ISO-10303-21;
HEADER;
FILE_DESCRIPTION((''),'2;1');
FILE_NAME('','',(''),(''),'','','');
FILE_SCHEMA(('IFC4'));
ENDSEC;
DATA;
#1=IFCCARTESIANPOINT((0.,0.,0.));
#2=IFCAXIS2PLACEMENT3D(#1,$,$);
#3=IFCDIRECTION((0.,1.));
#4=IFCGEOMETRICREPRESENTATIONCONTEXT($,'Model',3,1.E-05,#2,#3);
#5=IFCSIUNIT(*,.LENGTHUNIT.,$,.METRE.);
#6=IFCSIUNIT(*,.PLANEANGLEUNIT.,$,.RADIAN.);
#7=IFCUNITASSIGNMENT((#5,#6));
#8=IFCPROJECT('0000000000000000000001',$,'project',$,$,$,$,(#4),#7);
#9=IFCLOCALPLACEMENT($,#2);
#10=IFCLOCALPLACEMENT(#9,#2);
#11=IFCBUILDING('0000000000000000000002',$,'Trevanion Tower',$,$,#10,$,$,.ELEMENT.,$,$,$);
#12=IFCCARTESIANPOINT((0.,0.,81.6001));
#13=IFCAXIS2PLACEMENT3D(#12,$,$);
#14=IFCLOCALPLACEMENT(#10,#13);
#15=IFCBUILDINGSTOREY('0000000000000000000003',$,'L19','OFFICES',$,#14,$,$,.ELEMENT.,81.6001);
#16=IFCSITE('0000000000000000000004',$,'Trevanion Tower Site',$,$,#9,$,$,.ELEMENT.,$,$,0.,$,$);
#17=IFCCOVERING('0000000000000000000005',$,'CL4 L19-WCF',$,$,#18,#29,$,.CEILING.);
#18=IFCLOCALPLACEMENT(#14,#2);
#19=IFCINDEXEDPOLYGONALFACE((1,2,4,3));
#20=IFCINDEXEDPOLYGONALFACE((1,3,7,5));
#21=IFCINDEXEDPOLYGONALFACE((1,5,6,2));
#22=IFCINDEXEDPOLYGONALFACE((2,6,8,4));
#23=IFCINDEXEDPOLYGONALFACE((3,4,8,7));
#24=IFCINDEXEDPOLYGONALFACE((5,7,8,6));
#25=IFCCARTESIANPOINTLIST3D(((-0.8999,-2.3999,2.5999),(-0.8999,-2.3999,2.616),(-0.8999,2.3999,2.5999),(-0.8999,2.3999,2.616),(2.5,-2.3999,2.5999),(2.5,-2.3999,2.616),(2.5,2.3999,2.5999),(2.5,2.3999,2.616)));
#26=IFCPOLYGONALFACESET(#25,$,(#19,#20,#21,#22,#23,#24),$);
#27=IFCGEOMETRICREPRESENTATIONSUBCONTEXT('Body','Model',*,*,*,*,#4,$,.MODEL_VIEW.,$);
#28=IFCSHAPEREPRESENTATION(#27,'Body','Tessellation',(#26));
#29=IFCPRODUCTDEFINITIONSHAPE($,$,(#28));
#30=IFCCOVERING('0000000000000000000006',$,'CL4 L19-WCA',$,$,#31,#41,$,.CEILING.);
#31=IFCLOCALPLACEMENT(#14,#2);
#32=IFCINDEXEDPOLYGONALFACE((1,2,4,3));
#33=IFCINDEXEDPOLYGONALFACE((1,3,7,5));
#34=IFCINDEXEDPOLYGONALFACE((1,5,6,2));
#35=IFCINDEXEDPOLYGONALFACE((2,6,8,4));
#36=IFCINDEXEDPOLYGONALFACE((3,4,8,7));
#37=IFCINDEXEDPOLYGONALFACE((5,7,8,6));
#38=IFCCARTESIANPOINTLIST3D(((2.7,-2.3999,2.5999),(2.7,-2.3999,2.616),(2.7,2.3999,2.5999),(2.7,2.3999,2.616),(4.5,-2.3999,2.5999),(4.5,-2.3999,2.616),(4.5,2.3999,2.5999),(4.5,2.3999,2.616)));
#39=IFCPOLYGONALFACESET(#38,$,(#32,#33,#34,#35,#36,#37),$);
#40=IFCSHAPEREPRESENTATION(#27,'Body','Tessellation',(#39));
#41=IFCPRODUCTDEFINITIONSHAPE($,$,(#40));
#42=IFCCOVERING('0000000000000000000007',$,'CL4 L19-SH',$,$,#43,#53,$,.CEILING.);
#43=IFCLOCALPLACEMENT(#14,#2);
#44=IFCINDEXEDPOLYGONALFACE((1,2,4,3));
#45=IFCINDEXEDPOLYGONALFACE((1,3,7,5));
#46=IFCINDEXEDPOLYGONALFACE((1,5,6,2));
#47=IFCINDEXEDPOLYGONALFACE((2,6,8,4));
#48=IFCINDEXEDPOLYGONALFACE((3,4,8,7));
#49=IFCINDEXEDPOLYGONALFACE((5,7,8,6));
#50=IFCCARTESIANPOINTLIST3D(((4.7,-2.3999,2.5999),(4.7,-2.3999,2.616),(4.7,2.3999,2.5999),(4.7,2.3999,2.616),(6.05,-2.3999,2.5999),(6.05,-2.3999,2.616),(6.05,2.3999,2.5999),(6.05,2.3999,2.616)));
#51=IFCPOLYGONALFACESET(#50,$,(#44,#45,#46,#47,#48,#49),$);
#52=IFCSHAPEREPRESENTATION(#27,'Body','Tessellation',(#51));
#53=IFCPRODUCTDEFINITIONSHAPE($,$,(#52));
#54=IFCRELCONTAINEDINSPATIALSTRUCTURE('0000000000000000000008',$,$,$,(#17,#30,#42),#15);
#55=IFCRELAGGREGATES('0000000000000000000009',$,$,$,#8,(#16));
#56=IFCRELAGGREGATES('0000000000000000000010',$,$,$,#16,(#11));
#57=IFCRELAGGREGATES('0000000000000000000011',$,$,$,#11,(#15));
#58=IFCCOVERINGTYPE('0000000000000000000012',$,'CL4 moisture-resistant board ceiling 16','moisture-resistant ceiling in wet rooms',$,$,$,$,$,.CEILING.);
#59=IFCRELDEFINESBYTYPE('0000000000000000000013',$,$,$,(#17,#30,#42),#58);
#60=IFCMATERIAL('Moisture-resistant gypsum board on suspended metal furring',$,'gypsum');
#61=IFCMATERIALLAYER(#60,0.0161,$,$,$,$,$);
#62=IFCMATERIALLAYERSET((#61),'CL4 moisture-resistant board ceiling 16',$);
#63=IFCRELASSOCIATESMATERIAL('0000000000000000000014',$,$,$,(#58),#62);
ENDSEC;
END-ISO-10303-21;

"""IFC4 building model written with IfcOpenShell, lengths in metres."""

from ifc_helpers import new_model, si_unit, direction, frame, origin, place, context, subcontext, project, spatial, polyline, outline, extrude, material, layer, layer_set, type_object, element, save


model = new_model("IFC4")

# Units and contexts
model_context = context("Model", 3, precision=1e-05, world=origin(), true_north=direction((0.0, 1.0)))
body_context = subcontext(model_context, "Body", "Model", "MODEL_VIEW")
ifc_project = project(units=[si_unit("LENGTHUNIT", "METRE"), si_unit("PLANEANGLEUNIT", "RADIAN")], contexts=[model_context])

# Site, building, storey
site_placement = place(None, origin())
site = spatial("IfcSite", under=ifc_project, at=site_placement, Name="Trevanion Tower Site", CompositionType="ELEMENT", RefElevation=0.0)
building_placement = place(site_placement, origin())
building = spatial("IfcBuilding", under=site, at=building_placement, Name="Trevanion Tower", CompositionType="ELEMENT")
storey_placement = place(building_placement, frame((0.0, 0.0, 81.6001)))
storey = spatial("IfcBuildingStorey", under=building, at=storey_placement, Name="L19", Description="OFFICES", CompositionType="ELEMENT", Elevation=81.6001)

# Coverings
ifc_material_1 = material(Name="Moisture-resistant gypsum board on suspended metal furring", Category="gypsum")
ifc_layer_1 = layer(ifc_material_1, 0.0161)
ifc_layer_set_1 = layer_set([ifc_layer_1], Name="CL4 moisture-resistant board ceiling 16")
covering_type_1 = type_object("IfcCoveringType", Name="CL4 moisture-resistant board ceiling 16", Description="moisture-resistant ceiling in wet rooms", PredefinedType="CEILING", material=ifc_layer_set_1)
covering_1_placement = place(storey_placement, frame((0.0, 0.0, 2.5999)))
element("IfcCovering", 1, at=covering_1_placement, inside=storey, type_object=covering_type_1, Name="CL4 L19-WCF", PredefinedType="CEILING", context=body_context, shape_type="SweptSolid", body=[
    extrude(outline(polyline([(2.5, -2.3999), (2.5, 2.3999), (-0.8999, 2.3999), (-0.8999, -2.3999), (2.5, -2.3999)])), origin(), (0.0, 0.0, 1.0), 0.0161),
])
covering_2_placement = place(storey_placement, frame((0.0, 0.0, 2.5999)))
element("IfcCovering", 2, at=covering_2_placement, inside=storey, type_object=covering_type_1, Name="CL4 L19-WCA", PredefinedType="CEILING", context=body_context, shape_type="SweptSolid", body=[
    extrude(outline(polyline([(4.5, -2.3999), (4.5, 2.3999), (2.7, 2.3999), (2.7, -2.3999), (4.5, -2.3999)])), origin(), (0.0, 0.0, 1.0), 0.0161),
])
covering_3_placement = place(storey_placement, frame((0.0, 0.0, 2.5999)))
element("IfcCovering", 3, at=covering_3_placement, inside=storey, type_object=covering_type_1, Name="CL4 L19-SH", PredefinedType="CEILING", context=body_context, shape_type="SweptSolid", body=[
    extrude(outline(polyline([(6.05, -2.3999), (6.05, 2.3999), (4.7, 2.3999), (4.7, -2.3999), (6.05, -2.3999)])), origin(), (0.0, 0.0, 1.0), 0.0161),
])

save(model, "model.ifc")
